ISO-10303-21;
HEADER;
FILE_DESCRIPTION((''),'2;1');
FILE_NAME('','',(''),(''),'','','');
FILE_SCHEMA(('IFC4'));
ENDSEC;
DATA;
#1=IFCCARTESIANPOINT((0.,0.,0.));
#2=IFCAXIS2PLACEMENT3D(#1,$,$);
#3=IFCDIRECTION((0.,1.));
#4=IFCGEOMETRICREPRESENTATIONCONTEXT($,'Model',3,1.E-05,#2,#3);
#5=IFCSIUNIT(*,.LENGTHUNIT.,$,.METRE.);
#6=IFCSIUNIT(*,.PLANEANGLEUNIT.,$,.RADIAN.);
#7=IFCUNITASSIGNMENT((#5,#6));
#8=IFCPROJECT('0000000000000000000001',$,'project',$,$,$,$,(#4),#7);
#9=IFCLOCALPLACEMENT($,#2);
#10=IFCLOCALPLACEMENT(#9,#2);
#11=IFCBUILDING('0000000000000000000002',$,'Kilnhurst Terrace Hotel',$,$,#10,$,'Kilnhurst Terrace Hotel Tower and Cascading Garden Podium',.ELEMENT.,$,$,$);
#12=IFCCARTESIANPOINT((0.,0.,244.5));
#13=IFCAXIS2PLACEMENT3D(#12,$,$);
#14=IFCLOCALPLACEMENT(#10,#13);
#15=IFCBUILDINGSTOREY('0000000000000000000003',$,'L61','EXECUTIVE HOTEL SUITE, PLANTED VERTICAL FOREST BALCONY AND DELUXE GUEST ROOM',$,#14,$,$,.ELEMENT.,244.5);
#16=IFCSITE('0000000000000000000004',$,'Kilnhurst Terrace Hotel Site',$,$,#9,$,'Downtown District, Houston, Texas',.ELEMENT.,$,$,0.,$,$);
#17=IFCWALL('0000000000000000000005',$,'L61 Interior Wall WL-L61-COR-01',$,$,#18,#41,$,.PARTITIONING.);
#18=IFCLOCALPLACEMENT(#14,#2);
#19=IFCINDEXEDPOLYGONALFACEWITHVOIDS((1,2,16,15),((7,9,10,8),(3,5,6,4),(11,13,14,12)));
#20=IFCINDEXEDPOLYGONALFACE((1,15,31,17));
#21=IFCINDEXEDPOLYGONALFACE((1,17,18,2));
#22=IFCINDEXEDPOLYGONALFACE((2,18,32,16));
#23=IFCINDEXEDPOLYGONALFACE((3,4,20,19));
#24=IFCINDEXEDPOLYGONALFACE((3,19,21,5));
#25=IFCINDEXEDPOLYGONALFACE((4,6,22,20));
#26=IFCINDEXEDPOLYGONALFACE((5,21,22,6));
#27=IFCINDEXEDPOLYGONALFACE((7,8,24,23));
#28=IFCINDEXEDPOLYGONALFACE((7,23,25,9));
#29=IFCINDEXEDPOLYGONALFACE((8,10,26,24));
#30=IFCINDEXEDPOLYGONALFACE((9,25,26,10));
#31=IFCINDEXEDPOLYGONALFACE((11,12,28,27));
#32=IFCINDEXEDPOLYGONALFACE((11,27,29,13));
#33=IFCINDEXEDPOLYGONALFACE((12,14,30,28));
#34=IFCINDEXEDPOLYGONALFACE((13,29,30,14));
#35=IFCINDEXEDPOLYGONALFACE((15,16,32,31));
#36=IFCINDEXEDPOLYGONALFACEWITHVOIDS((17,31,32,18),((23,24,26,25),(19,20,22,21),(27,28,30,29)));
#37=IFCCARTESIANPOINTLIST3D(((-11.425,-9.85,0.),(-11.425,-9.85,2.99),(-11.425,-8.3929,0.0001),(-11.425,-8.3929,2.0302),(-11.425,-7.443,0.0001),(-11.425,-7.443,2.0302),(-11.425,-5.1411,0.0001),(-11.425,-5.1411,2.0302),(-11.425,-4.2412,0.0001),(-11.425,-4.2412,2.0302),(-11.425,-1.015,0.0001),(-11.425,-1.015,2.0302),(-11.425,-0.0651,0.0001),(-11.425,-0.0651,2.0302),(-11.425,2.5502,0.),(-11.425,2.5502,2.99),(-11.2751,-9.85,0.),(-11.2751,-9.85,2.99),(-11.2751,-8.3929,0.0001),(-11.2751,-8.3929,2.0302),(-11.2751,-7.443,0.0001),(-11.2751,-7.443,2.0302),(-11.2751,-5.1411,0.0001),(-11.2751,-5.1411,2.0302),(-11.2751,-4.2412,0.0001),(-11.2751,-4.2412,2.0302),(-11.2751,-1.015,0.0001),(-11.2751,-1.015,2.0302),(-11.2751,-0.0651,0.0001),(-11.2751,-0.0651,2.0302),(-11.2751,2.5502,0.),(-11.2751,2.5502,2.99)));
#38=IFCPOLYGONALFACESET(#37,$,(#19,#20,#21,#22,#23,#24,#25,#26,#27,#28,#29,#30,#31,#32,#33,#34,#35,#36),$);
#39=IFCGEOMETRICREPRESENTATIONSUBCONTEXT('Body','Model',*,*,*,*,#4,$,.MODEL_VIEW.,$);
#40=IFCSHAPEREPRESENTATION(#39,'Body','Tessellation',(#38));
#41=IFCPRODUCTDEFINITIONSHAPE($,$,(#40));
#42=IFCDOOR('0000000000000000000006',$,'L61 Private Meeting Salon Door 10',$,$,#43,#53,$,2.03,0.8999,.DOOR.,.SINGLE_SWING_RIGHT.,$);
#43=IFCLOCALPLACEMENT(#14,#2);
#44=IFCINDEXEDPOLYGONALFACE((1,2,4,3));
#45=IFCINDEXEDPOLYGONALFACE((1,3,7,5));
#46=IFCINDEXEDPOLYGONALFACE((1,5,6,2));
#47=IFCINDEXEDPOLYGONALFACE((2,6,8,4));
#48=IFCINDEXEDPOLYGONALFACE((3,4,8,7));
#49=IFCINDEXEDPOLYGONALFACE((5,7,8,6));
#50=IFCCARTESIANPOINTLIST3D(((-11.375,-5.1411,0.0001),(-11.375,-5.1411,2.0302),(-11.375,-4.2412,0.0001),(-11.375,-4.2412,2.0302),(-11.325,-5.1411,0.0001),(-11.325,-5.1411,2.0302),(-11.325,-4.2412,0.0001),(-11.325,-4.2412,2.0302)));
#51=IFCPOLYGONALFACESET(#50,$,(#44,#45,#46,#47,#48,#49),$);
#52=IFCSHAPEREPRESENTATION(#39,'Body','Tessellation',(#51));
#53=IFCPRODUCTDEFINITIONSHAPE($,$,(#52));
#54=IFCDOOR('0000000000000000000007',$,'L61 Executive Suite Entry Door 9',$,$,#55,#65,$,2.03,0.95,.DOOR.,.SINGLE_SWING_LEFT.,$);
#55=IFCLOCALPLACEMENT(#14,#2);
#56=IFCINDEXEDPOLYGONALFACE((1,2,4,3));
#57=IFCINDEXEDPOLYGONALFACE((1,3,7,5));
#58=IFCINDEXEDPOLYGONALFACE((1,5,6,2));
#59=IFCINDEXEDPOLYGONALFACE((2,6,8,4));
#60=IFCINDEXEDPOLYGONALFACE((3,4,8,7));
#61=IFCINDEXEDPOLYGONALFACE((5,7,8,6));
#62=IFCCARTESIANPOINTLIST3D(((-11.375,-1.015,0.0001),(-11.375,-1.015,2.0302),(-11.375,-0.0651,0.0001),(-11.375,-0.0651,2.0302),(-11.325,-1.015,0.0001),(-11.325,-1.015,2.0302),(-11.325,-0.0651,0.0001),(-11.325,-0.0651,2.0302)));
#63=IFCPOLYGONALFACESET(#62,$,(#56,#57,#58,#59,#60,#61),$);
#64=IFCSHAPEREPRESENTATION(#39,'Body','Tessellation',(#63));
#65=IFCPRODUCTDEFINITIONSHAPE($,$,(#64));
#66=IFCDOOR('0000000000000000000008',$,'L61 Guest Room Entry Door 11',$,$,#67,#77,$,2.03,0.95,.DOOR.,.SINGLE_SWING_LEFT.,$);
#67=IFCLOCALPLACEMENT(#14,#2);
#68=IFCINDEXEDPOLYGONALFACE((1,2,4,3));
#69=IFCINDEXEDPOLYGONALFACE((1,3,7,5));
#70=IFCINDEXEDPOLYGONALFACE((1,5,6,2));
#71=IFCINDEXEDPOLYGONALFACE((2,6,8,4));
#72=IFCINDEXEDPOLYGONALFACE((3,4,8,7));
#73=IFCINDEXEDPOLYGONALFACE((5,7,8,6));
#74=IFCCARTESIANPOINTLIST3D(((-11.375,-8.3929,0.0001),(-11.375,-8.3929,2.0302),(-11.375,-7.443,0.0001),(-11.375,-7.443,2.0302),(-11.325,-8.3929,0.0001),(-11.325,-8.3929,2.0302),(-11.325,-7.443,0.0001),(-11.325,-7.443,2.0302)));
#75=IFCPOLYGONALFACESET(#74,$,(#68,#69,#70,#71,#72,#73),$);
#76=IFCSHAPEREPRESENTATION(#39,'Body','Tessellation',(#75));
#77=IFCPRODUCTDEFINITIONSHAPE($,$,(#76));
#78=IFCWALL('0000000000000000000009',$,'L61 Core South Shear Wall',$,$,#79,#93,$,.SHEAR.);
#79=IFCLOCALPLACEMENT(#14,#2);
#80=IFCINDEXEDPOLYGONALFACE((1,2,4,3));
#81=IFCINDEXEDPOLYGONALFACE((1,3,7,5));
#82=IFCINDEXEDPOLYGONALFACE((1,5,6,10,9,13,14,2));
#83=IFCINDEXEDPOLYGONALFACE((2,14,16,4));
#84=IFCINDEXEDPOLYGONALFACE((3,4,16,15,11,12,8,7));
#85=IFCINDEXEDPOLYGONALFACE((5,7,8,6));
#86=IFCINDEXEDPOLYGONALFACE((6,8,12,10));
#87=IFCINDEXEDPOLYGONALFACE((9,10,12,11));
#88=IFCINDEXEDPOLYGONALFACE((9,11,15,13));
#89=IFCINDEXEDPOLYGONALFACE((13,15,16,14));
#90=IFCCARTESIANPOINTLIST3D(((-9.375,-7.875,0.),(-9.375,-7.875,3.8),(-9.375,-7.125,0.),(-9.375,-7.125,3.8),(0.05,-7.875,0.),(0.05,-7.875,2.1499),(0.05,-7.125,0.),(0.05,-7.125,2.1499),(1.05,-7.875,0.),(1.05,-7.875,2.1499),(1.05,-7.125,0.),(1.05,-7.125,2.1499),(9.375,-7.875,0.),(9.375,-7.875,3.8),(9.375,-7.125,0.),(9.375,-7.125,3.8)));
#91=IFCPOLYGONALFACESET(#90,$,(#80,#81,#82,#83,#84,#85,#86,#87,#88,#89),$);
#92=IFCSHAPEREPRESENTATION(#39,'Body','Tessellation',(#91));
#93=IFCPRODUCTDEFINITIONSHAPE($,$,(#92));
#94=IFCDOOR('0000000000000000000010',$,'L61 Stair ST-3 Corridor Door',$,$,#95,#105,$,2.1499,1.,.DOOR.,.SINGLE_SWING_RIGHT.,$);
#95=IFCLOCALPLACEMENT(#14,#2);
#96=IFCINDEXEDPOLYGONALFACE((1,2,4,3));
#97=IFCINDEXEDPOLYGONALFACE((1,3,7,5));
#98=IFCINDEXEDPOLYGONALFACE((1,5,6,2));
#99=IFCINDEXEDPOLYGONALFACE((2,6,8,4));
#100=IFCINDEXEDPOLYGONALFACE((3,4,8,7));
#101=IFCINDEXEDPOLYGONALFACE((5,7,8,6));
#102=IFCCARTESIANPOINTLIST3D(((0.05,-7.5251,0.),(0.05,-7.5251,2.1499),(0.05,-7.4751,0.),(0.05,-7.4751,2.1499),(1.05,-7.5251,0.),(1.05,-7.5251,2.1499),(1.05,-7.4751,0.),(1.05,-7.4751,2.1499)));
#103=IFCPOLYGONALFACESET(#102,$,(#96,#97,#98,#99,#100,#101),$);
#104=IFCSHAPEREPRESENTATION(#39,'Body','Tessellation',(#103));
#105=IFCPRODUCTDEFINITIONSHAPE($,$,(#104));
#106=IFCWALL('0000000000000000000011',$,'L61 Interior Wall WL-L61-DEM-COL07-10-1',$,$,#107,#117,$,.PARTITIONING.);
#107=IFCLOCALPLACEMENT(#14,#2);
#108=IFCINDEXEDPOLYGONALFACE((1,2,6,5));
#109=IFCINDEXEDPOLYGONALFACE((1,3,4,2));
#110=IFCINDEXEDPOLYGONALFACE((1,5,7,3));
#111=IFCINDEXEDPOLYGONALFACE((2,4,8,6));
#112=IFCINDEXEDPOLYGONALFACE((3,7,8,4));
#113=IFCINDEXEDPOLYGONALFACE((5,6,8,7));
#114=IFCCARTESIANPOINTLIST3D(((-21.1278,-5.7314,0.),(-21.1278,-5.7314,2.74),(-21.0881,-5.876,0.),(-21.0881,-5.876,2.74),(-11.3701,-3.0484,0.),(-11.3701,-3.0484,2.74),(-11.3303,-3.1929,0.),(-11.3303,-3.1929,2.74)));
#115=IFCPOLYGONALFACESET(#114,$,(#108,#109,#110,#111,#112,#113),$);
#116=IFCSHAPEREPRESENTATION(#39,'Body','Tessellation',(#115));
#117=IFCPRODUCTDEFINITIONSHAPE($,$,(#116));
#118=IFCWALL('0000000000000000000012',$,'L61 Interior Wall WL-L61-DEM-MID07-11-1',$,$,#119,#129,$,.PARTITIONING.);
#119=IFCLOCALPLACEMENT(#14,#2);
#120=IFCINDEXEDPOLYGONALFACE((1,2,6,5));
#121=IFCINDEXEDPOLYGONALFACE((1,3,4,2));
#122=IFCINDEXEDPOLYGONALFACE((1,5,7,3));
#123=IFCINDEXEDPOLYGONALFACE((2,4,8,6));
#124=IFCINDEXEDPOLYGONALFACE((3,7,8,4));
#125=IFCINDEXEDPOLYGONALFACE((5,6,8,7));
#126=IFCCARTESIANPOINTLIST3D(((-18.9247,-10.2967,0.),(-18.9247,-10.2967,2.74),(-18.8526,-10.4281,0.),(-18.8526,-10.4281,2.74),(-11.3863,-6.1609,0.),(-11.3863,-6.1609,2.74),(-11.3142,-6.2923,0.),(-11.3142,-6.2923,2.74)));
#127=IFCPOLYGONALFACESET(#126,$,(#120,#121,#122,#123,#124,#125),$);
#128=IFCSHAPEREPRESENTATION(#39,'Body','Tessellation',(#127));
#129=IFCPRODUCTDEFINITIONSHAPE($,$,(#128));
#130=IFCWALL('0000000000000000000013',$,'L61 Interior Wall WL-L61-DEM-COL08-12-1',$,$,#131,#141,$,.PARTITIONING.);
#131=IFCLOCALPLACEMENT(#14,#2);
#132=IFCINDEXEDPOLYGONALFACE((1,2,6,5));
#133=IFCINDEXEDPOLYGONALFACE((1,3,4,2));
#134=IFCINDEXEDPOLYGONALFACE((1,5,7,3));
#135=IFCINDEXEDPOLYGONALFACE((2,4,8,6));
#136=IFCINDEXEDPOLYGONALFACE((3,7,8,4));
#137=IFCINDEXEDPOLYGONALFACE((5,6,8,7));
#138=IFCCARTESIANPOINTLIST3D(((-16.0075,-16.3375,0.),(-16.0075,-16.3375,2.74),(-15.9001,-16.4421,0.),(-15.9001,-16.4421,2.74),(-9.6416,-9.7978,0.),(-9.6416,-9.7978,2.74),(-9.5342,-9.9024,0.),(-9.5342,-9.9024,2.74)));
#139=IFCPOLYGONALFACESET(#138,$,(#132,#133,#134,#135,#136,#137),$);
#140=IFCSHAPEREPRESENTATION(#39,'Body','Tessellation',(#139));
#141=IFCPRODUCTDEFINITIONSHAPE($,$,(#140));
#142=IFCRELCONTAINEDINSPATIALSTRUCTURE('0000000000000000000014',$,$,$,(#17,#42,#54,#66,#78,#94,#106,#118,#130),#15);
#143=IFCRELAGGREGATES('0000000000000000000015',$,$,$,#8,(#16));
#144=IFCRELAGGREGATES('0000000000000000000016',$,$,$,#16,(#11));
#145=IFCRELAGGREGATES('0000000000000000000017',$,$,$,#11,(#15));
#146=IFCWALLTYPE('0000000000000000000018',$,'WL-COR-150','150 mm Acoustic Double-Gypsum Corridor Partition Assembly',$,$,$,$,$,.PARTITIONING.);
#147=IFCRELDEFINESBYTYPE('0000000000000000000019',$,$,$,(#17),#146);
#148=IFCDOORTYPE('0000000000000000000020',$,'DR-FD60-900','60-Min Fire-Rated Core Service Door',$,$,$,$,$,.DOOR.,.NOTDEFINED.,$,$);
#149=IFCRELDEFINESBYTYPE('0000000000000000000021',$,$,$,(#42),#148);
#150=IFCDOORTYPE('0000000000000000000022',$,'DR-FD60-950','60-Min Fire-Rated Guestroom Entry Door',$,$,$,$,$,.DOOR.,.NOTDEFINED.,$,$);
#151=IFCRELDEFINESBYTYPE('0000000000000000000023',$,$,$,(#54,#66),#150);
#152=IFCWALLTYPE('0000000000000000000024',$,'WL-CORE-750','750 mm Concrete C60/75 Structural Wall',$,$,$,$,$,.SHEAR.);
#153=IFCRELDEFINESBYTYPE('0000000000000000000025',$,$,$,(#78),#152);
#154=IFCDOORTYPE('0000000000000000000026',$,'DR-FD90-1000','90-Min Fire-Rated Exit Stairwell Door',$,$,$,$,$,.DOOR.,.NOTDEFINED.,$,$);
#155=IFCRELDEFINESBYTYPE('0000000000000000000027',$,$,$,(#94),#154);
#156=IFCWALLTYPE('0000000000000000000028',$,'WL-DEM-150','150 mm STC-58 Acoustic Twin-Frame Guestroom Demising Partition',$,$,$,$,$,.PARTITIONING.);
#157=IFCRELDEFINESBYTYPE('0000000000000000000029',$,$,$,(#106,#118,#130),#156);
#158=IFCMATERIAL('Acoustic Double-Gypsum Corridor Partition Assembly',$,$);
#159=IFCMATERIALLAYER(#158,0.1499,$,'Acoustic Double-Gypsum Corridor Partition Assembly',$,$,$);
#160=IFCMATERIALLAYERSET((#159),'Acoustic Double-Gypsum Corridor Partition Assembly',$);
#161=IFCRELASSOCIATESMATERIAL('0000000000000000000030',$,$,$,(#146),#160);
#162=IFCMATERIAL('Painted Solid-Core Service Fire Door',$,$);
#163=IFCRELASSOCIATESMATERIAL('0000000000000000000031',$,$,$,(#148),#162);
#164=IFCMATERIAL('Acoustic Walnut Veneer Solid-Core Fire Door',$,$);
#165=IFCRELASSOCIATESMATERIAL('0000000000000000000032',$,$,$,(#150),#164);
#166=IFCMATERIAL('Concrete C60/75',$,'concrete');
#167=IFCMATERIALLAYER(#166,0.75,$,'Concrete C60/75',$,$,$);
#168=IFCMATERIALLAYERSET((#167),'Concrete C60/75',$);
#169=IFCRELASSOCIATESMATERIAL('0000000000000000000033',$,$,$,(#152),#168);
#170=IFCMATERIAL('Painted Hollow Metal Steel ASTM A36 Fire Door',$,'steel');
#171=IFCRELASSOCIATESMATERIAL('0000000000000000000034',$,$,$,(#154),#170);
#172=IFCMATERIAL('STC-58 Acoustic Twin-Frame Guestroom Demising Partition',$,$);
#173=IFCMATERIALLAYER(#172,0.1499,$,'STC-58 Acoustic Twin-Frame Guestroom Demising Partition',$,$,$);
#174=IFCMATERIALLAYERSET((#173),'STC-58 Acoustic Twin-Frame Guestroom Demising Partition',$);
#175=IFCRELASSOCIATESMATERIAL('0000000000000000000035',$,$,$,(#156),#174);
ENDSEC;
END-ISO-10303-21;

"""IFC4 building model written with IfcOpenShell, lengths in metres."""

from ifc_helpers import new_model, si_unit, direction, frame, frame_2d, origin, place, context, subcontext, project, spatial, rectangle, extrude, material, layer, layer_set, type_object, element, fill, save


model = new_model("IFC4")

# Units and contexts
model_context = context("Model", 3, precision=1e-05, world=origin(), true_north=direction((0.0, 1.0)))
body_context = subcontext(model_context, "Body", "Model", "MODEL_VIEW")
ifc_project = project(units=[si_unit("LENGTHUNIT", "METRE"), si_unit("PLANEANGLEUNIT", "RADIAN")], contexts=[model_context])

# Site, building, storey
site_placement = place(None, origin())
site = spatial("IfcSite", under=ifc_project, at=site_placement, Name="Kilnhurst Terrace Hotel Site", LongName="Downtown District, Houston, Texas", CompositionType="ELEMENT", RefElevation=0.0)
building_placement = place(site_placement, origin())
building = spatial("IfcBuilding", under=site, at=building_placement, Name="Kilnhurst Terrace Hotel", LongName="Kilnhurst Terrace Hotel Tower and Cascading Garden Podium", CompositionType="ELEMENT")
storey_placement = place(building_placement, frame((0.0, 0.0, 244.5)))
storey = spatial("IfcBuildingStorey", under=building, at=storey_placement, Name="L61", Description="EXECUTIVE HOTEL SUITE, PLANTED VERTICAL FOREST BALCONY AND DELUXE GUEST ROOM", CompositionType="ELEMENT", Elevation=244.5)

# Shared definitions
ifc_material_1 = material(Name="Concrete C60/75", Category="concrete")

# Wall, openings, doors
ifc_material_2 = material(Name="Acoustic Double-Gypsum Corridor Partition Assembly")
ifc_layer_1 = layer(ifc_material_2, 0.1499, Name="Acoustic Double-Gypsum Corridor Partition Assembly")
ifc_layer_set_1 = layer_set([ifc_layer_1], Name="Acoustic Double-Gypsum Corridor Partition Assembly")
wall_type_1 = type_object("IfcWallType", Name="WL-COR-150", Description="150 mm Acoustic Double-Gypsum Corridor Partition Assembly", PredefinedType="PARTITIONING", material=ifc_layer_set_1)
wall_1_placement = place(storey_placement, frame((-11.3501, -9.8501, 0.0), z_axis=(0.0, 0.0, 1.0), x_axis=(0.0, 1.0, 0.0)))
wall_1 = element("IfcWall", 1, at=wall_1_placement, inside=storey, type_object=wall_type_1, Name="L61 Interior Wall WL-L61-COR-01", PredefinedType="PARTITIONING", context=body_context, shape_type="SweptSolid", body=[
    extrude(rectangle(XDim=12.4001, YDim=0.1499, at=frame_2d((6.2002, 0.0))), origin(), (0.0, 0.0, 1.0), 2.99),
])
opening_1_placement = place(wall_1_placement, frame((8.835, 0.0, 0.0)))
opening_1 = element("IfcOpeningElement", 2, at=opening_1_placement, cuts=wall_1, PredefinedType="OPENING", context=body_context, shape_type="SweptSolid", body=[
    extrude(rectangle(XDim=0.95, YDim=2.03, at=frame_2d((0.4751, 1.0151))), frame((0.0, 0.085, 0.0), z_axis=(0.0, -1.0, 0.0), x_axis=(1.0, 0.0, 0.0)), (0.0, 0.0, 1.0), 0.1699),
])
opening_2_placement = place(wall_1_placement, frame((4.709, 0.0, 0.0)))
opening_2 = element("IfcOpeningElement", 3, at=opening_2_placement, cuts=wall_1, PredefinedType="OPENING", context=body_context, shape_type="SweptSolid", body=[
    extrude(rectangle(XDim=0.8999, YDim=2.03, at=frame_2d((0.45, 1.0151))), frame((0.0, 0.085, 0.0), z_axis=(0.0, -1.0, 0.0), x_axis=(1.0, 0.0, 0.0)), (0.0, 0.0, 1.0), 0.1699),
])
opening_3_placement = place(wall_1_placement, frame((1.457, 0.0, 0.0)))
opening_3 = element("IfcOpeningElement", 4, at=opening_3_placement, cuts=wall_1, PredefinedType="OPENING", context=body_context, shape_type="SweptSolid", body=[
    extrude(rectangle(XDim=0.95, YDim=2.03, at=frame_2d((0.4751, 1.0151))), frame((0.0, 0.085, 0.0), z_axis=(0.0, -1.0, 0.0), x_axis=(1.0, 0.0, 0.0)), (0.0, 0.0, 1.0), 0.1699),
])
ifc_material_3 = material(Name="Painted Solid-Core Service Fire Door")
door_type_1 = type_object("IfcDoorType", Name="DR-FD60-900", Description="60-Min Fire-Rated Core Service Door", OperationType="NOTDEFINED", PredefinedType="DOOR", material=ifc_material_3)
door_1_placement = place(opening_2_placement, origin())
door_1 = element("IfcDoor", 5, at=door_1_placement, inside=storey, type_object=door_type_1, Name="L61 Private Meeting Salon Door 10", OperationType="SINGLE_SWING_RIGHT", OverallHeight=2.03, OverallWidth=0.8999, PredefinedType="DOOR", context=body_context, shape_type="SweptSolid", body=[
    extrude(rectangle(XDim=0.8999, YDim=2.03, at=frame_2d((0.45, 1.0151))), frame((0.0, 0.0249, 0.0), z_axis=(0.0, -1.0, 0.0), x_axis=(1.0, 0.0, 0.0)), (0.0, 0.0, 1.0), 0.05),
])
fill(opening_2, door_1)
ifc_material_4 = material(Name="Acoustic Walnut Veneer Solid-Core Fire Door")
door_type_2 = type_object("IfcDoorType", Name="DR-FD60-950", Description="60-Min Fire-Rated Guestroom Entry Door", OperationType="NOTDEFINED", PredefinedType="DOOR", material=ifc_material_4)
door_2_placement = place(opening_1_placement, origin())
door_2 = element("IfcDoor", 6, at=door_2_placement, inside=storey, type_object=door_type_2, Name="L61 Executive Suite Entry Door 9", OperationType="SINGLE_SWING_LEFT", OverallHeight=2.03, OverallWidth=0.95, PredefinedType="DOOR", context=body_context, shape_type="SweptSolid", body=[
    extrude(rectangle(XDim=0.95, YDim=2.03, at=frame_2d((0.4751, 1.0151))), frame((0.0, 0.0249, 0.0), z_axis=(0.0, -1.0, 0.0), x_axis=(1.0, 0.0, 0.0)), (0.0, 0.0, 1.0), 0.05),
])
fill(opening_1, door_2)
door_3_placement = place(opening_3_placement, origin())
door_3 = element("IfcDoor", 7, at=door_3_placement, inside=storey, type_object=door_type_2, Name="L61 Guest Room Entry Door 11", OperationType="SINGLE_SWING_LEFT", OverallHeight=2.03, OverallWidth=0.95, PredefinedType="DOOR", context=body_context, shape_type="SweptSolid", body=[
    extrude(rectangle(XDim=0.95, YDim=2.03, at=frame_2d((0.4751, 1.0151))), frame((0.0, 0.0249, 0.0), z_axis=(0.0, -1.0, 0.0), x_axis=(1.0, 0.0, 0.0)), (0.0, 0.0, 1.0), 0.05),
])
fill(opening_3, door_3)

# Wall, opening, door
ifc_layer_2 = layer(ifc_material_1, 0.75, Name="Concrete C60/75")
ifc_layer_set_2 = layer_set([ifc_layer_2], Name="Concrete C60/75")
wall_type_2 = type_object("IfcWallType", Name="WL-CORE-750", Description="750 mm Concrete C60/75 Structural Wall", PredefinedType="SHEAR", material=ifc_layer_set_2)
wall_2_placement = place(storey_placement, frame((-9.375, -7.5, 0.0), z_axis=(0.0, 0.0, 1.0), x_axis=(1.0, 0.0, 0.0)))
wall_2 = element("IfcWall", 8, at=wall_2_placement, inside=storey, type_object=wall_type_2, Name="L61 Core South Shear Wall", PredefinedType="SHEAR", context=body_context, shape_type="SweptSolid", body=[
    extrude(rectangle(XDim=18.75, YDim=0.75, at=frame_2d((9.375, 0.0))), origin(), (0.0, 0.0, 1.0), 3.8),
])
opening_4_placement = place(wall_2_placement, frame((9.425, 0.0, 0.0)))
opening_4 = element("IfcOpeningElement", 9, at=opening_4_placement, cuts=wall_2, PredefinedType="OPENING", context=body_context, shape_type="SweptSolid", body=[
    extrude(rectangle(XDim=1.0, YDim=2.1499, at=frame_2d((0.5, 1.075))), frame((0.0, 0.385, 0.0), z_axis=(0.0, -1.0, 0.0), x_axis=(1.0, 0.0, 0.0)), (0.0, 0.0, 1.0), 0.77),
])
ifc_material_5 = material(Name="Painted Hollow Metal Steel ASTM A36 Fire Door", Category="steel")
door_type_3 = type_object("IfcDoorType", Name="DR-FD90-1000", Description="90-Min Fire-Rated Exit Stairwell Door", OperationType="NOTDEFINED", PredefinedType="DOOR", material=ifc_material_5)
door_4_placement = place(opening_4_placement, origin())
door_4 = element("IfcDoor", 10, at=door_4_placement, inside=storey, type_object=door_type_3, Name="L61 Stair ST-3 Corridor Door", OperationType="SINGLE_SWING_RIGHT", OverallHeight=2.1499, OverallWidth=1.0, PredefinedType="DOOR", context=body_context, shape_type="SweptSolid", body=[
    extrude(rectangle(XDim=1.0, YDim=2.1499, at=frame_2d((0.5, 1.075))), frame((0.0, 0.0249, 0.0), z_axis=(0.0, -1.0, 0.0), x_axis=(1.0, 0.0, 0.0)), (0.0, 0.0, 1.0), 0.05),
])
fill(opening_4, door_4)

# Walls
ifc_material_6 = material(Name="STC-58 Acoustic Twin-Frame Guestroom Demising Partition")
ifc_layer_3 = layer(ifc_material_6, 0.1499, Name="STC-58 Acoustic Twin-Frame Guestroom Demising Partition")
ifc_layer_set_3 = layer_set([ifc_layer_3], Name="STC-58 Acoustic Twin-Frame Guestroom Demising Partition")
wall_type_3 = type_object("IfcWallType", Name="WL-DEM-150", Description="150 mm STC-58 Acoustic Twin-Frame Guestroom Demising Partition", PredefinedType="PARTITIONING", material=ifc_layer_set_3)
wall_3_placement = place(storey_placement, frame((-11.3501, -3.1206, 0.0), z_axis=(0.0, 0.0, 1.0), x_axis=(-0.964213, -0.26513, 0.0)))
element("IfcWall", 11, at=wall_3_placement, inside=storey, type_object=wall_type_3, Name="L61 Interior Wall WL-L61-DEM-COL07-10-1", PredefinedType="PARTITIONING", context=body_context, shape_type="SweptSolid", body=[
    extrude(rectangle(XDim=10.1199, YDim=0.1499, at=frame_2d((5.0601, 0.0))), origin(), (0.0, 0.0, 1.0), 2.74),
])
wall_4_placement = place(storey_placement, frame((-11.3501, -6.2266, 0.0), z_axis=(0.0, 0.0, 1.0), x_axis=(-0.876723, -0.480995, 0.0)))
element("IfcWall", 12, at=wall_4_placement, inside=storey, type_object=wall_type_3, Name="L61 Interior Wall WL-L61-DEM-MID07-11-1", PredefinedType="PARTITIONING", context=body_context, shape_type="SweptSolid", body=[
    extrude(rectangle(XDim=8.5984, YDim=0.1499, at=frame_2d((4.2993, 0.0))), origin(), (0.0, 0.0, 1.0), 2.74),
])
wall_5_placement = place(storey_placement, frame((-9.5879, -9.8501, 0.0), z_axis=(0.0, 0.0, 1.0), x_axis=(-0.697519, -0.716566, 0.0)))
element("IfcWall", 13, at=wall_5_placement, inside=storey, type_object=wall_type_3, Name="L61 Interior Wall WL-L61-DEM-COL08-12-1", PredefinedType="PARTITIONING", context=body_context, shape_type="SweptSolid", body=[
    extrude(rectangle(XDim=9.1265, YDim=0.1499, at=frame_2d((4.5632, 0.0))), origin(), (0.0, 0.0, 1.0), 2.74),
])

save(model, "model.ifc")
